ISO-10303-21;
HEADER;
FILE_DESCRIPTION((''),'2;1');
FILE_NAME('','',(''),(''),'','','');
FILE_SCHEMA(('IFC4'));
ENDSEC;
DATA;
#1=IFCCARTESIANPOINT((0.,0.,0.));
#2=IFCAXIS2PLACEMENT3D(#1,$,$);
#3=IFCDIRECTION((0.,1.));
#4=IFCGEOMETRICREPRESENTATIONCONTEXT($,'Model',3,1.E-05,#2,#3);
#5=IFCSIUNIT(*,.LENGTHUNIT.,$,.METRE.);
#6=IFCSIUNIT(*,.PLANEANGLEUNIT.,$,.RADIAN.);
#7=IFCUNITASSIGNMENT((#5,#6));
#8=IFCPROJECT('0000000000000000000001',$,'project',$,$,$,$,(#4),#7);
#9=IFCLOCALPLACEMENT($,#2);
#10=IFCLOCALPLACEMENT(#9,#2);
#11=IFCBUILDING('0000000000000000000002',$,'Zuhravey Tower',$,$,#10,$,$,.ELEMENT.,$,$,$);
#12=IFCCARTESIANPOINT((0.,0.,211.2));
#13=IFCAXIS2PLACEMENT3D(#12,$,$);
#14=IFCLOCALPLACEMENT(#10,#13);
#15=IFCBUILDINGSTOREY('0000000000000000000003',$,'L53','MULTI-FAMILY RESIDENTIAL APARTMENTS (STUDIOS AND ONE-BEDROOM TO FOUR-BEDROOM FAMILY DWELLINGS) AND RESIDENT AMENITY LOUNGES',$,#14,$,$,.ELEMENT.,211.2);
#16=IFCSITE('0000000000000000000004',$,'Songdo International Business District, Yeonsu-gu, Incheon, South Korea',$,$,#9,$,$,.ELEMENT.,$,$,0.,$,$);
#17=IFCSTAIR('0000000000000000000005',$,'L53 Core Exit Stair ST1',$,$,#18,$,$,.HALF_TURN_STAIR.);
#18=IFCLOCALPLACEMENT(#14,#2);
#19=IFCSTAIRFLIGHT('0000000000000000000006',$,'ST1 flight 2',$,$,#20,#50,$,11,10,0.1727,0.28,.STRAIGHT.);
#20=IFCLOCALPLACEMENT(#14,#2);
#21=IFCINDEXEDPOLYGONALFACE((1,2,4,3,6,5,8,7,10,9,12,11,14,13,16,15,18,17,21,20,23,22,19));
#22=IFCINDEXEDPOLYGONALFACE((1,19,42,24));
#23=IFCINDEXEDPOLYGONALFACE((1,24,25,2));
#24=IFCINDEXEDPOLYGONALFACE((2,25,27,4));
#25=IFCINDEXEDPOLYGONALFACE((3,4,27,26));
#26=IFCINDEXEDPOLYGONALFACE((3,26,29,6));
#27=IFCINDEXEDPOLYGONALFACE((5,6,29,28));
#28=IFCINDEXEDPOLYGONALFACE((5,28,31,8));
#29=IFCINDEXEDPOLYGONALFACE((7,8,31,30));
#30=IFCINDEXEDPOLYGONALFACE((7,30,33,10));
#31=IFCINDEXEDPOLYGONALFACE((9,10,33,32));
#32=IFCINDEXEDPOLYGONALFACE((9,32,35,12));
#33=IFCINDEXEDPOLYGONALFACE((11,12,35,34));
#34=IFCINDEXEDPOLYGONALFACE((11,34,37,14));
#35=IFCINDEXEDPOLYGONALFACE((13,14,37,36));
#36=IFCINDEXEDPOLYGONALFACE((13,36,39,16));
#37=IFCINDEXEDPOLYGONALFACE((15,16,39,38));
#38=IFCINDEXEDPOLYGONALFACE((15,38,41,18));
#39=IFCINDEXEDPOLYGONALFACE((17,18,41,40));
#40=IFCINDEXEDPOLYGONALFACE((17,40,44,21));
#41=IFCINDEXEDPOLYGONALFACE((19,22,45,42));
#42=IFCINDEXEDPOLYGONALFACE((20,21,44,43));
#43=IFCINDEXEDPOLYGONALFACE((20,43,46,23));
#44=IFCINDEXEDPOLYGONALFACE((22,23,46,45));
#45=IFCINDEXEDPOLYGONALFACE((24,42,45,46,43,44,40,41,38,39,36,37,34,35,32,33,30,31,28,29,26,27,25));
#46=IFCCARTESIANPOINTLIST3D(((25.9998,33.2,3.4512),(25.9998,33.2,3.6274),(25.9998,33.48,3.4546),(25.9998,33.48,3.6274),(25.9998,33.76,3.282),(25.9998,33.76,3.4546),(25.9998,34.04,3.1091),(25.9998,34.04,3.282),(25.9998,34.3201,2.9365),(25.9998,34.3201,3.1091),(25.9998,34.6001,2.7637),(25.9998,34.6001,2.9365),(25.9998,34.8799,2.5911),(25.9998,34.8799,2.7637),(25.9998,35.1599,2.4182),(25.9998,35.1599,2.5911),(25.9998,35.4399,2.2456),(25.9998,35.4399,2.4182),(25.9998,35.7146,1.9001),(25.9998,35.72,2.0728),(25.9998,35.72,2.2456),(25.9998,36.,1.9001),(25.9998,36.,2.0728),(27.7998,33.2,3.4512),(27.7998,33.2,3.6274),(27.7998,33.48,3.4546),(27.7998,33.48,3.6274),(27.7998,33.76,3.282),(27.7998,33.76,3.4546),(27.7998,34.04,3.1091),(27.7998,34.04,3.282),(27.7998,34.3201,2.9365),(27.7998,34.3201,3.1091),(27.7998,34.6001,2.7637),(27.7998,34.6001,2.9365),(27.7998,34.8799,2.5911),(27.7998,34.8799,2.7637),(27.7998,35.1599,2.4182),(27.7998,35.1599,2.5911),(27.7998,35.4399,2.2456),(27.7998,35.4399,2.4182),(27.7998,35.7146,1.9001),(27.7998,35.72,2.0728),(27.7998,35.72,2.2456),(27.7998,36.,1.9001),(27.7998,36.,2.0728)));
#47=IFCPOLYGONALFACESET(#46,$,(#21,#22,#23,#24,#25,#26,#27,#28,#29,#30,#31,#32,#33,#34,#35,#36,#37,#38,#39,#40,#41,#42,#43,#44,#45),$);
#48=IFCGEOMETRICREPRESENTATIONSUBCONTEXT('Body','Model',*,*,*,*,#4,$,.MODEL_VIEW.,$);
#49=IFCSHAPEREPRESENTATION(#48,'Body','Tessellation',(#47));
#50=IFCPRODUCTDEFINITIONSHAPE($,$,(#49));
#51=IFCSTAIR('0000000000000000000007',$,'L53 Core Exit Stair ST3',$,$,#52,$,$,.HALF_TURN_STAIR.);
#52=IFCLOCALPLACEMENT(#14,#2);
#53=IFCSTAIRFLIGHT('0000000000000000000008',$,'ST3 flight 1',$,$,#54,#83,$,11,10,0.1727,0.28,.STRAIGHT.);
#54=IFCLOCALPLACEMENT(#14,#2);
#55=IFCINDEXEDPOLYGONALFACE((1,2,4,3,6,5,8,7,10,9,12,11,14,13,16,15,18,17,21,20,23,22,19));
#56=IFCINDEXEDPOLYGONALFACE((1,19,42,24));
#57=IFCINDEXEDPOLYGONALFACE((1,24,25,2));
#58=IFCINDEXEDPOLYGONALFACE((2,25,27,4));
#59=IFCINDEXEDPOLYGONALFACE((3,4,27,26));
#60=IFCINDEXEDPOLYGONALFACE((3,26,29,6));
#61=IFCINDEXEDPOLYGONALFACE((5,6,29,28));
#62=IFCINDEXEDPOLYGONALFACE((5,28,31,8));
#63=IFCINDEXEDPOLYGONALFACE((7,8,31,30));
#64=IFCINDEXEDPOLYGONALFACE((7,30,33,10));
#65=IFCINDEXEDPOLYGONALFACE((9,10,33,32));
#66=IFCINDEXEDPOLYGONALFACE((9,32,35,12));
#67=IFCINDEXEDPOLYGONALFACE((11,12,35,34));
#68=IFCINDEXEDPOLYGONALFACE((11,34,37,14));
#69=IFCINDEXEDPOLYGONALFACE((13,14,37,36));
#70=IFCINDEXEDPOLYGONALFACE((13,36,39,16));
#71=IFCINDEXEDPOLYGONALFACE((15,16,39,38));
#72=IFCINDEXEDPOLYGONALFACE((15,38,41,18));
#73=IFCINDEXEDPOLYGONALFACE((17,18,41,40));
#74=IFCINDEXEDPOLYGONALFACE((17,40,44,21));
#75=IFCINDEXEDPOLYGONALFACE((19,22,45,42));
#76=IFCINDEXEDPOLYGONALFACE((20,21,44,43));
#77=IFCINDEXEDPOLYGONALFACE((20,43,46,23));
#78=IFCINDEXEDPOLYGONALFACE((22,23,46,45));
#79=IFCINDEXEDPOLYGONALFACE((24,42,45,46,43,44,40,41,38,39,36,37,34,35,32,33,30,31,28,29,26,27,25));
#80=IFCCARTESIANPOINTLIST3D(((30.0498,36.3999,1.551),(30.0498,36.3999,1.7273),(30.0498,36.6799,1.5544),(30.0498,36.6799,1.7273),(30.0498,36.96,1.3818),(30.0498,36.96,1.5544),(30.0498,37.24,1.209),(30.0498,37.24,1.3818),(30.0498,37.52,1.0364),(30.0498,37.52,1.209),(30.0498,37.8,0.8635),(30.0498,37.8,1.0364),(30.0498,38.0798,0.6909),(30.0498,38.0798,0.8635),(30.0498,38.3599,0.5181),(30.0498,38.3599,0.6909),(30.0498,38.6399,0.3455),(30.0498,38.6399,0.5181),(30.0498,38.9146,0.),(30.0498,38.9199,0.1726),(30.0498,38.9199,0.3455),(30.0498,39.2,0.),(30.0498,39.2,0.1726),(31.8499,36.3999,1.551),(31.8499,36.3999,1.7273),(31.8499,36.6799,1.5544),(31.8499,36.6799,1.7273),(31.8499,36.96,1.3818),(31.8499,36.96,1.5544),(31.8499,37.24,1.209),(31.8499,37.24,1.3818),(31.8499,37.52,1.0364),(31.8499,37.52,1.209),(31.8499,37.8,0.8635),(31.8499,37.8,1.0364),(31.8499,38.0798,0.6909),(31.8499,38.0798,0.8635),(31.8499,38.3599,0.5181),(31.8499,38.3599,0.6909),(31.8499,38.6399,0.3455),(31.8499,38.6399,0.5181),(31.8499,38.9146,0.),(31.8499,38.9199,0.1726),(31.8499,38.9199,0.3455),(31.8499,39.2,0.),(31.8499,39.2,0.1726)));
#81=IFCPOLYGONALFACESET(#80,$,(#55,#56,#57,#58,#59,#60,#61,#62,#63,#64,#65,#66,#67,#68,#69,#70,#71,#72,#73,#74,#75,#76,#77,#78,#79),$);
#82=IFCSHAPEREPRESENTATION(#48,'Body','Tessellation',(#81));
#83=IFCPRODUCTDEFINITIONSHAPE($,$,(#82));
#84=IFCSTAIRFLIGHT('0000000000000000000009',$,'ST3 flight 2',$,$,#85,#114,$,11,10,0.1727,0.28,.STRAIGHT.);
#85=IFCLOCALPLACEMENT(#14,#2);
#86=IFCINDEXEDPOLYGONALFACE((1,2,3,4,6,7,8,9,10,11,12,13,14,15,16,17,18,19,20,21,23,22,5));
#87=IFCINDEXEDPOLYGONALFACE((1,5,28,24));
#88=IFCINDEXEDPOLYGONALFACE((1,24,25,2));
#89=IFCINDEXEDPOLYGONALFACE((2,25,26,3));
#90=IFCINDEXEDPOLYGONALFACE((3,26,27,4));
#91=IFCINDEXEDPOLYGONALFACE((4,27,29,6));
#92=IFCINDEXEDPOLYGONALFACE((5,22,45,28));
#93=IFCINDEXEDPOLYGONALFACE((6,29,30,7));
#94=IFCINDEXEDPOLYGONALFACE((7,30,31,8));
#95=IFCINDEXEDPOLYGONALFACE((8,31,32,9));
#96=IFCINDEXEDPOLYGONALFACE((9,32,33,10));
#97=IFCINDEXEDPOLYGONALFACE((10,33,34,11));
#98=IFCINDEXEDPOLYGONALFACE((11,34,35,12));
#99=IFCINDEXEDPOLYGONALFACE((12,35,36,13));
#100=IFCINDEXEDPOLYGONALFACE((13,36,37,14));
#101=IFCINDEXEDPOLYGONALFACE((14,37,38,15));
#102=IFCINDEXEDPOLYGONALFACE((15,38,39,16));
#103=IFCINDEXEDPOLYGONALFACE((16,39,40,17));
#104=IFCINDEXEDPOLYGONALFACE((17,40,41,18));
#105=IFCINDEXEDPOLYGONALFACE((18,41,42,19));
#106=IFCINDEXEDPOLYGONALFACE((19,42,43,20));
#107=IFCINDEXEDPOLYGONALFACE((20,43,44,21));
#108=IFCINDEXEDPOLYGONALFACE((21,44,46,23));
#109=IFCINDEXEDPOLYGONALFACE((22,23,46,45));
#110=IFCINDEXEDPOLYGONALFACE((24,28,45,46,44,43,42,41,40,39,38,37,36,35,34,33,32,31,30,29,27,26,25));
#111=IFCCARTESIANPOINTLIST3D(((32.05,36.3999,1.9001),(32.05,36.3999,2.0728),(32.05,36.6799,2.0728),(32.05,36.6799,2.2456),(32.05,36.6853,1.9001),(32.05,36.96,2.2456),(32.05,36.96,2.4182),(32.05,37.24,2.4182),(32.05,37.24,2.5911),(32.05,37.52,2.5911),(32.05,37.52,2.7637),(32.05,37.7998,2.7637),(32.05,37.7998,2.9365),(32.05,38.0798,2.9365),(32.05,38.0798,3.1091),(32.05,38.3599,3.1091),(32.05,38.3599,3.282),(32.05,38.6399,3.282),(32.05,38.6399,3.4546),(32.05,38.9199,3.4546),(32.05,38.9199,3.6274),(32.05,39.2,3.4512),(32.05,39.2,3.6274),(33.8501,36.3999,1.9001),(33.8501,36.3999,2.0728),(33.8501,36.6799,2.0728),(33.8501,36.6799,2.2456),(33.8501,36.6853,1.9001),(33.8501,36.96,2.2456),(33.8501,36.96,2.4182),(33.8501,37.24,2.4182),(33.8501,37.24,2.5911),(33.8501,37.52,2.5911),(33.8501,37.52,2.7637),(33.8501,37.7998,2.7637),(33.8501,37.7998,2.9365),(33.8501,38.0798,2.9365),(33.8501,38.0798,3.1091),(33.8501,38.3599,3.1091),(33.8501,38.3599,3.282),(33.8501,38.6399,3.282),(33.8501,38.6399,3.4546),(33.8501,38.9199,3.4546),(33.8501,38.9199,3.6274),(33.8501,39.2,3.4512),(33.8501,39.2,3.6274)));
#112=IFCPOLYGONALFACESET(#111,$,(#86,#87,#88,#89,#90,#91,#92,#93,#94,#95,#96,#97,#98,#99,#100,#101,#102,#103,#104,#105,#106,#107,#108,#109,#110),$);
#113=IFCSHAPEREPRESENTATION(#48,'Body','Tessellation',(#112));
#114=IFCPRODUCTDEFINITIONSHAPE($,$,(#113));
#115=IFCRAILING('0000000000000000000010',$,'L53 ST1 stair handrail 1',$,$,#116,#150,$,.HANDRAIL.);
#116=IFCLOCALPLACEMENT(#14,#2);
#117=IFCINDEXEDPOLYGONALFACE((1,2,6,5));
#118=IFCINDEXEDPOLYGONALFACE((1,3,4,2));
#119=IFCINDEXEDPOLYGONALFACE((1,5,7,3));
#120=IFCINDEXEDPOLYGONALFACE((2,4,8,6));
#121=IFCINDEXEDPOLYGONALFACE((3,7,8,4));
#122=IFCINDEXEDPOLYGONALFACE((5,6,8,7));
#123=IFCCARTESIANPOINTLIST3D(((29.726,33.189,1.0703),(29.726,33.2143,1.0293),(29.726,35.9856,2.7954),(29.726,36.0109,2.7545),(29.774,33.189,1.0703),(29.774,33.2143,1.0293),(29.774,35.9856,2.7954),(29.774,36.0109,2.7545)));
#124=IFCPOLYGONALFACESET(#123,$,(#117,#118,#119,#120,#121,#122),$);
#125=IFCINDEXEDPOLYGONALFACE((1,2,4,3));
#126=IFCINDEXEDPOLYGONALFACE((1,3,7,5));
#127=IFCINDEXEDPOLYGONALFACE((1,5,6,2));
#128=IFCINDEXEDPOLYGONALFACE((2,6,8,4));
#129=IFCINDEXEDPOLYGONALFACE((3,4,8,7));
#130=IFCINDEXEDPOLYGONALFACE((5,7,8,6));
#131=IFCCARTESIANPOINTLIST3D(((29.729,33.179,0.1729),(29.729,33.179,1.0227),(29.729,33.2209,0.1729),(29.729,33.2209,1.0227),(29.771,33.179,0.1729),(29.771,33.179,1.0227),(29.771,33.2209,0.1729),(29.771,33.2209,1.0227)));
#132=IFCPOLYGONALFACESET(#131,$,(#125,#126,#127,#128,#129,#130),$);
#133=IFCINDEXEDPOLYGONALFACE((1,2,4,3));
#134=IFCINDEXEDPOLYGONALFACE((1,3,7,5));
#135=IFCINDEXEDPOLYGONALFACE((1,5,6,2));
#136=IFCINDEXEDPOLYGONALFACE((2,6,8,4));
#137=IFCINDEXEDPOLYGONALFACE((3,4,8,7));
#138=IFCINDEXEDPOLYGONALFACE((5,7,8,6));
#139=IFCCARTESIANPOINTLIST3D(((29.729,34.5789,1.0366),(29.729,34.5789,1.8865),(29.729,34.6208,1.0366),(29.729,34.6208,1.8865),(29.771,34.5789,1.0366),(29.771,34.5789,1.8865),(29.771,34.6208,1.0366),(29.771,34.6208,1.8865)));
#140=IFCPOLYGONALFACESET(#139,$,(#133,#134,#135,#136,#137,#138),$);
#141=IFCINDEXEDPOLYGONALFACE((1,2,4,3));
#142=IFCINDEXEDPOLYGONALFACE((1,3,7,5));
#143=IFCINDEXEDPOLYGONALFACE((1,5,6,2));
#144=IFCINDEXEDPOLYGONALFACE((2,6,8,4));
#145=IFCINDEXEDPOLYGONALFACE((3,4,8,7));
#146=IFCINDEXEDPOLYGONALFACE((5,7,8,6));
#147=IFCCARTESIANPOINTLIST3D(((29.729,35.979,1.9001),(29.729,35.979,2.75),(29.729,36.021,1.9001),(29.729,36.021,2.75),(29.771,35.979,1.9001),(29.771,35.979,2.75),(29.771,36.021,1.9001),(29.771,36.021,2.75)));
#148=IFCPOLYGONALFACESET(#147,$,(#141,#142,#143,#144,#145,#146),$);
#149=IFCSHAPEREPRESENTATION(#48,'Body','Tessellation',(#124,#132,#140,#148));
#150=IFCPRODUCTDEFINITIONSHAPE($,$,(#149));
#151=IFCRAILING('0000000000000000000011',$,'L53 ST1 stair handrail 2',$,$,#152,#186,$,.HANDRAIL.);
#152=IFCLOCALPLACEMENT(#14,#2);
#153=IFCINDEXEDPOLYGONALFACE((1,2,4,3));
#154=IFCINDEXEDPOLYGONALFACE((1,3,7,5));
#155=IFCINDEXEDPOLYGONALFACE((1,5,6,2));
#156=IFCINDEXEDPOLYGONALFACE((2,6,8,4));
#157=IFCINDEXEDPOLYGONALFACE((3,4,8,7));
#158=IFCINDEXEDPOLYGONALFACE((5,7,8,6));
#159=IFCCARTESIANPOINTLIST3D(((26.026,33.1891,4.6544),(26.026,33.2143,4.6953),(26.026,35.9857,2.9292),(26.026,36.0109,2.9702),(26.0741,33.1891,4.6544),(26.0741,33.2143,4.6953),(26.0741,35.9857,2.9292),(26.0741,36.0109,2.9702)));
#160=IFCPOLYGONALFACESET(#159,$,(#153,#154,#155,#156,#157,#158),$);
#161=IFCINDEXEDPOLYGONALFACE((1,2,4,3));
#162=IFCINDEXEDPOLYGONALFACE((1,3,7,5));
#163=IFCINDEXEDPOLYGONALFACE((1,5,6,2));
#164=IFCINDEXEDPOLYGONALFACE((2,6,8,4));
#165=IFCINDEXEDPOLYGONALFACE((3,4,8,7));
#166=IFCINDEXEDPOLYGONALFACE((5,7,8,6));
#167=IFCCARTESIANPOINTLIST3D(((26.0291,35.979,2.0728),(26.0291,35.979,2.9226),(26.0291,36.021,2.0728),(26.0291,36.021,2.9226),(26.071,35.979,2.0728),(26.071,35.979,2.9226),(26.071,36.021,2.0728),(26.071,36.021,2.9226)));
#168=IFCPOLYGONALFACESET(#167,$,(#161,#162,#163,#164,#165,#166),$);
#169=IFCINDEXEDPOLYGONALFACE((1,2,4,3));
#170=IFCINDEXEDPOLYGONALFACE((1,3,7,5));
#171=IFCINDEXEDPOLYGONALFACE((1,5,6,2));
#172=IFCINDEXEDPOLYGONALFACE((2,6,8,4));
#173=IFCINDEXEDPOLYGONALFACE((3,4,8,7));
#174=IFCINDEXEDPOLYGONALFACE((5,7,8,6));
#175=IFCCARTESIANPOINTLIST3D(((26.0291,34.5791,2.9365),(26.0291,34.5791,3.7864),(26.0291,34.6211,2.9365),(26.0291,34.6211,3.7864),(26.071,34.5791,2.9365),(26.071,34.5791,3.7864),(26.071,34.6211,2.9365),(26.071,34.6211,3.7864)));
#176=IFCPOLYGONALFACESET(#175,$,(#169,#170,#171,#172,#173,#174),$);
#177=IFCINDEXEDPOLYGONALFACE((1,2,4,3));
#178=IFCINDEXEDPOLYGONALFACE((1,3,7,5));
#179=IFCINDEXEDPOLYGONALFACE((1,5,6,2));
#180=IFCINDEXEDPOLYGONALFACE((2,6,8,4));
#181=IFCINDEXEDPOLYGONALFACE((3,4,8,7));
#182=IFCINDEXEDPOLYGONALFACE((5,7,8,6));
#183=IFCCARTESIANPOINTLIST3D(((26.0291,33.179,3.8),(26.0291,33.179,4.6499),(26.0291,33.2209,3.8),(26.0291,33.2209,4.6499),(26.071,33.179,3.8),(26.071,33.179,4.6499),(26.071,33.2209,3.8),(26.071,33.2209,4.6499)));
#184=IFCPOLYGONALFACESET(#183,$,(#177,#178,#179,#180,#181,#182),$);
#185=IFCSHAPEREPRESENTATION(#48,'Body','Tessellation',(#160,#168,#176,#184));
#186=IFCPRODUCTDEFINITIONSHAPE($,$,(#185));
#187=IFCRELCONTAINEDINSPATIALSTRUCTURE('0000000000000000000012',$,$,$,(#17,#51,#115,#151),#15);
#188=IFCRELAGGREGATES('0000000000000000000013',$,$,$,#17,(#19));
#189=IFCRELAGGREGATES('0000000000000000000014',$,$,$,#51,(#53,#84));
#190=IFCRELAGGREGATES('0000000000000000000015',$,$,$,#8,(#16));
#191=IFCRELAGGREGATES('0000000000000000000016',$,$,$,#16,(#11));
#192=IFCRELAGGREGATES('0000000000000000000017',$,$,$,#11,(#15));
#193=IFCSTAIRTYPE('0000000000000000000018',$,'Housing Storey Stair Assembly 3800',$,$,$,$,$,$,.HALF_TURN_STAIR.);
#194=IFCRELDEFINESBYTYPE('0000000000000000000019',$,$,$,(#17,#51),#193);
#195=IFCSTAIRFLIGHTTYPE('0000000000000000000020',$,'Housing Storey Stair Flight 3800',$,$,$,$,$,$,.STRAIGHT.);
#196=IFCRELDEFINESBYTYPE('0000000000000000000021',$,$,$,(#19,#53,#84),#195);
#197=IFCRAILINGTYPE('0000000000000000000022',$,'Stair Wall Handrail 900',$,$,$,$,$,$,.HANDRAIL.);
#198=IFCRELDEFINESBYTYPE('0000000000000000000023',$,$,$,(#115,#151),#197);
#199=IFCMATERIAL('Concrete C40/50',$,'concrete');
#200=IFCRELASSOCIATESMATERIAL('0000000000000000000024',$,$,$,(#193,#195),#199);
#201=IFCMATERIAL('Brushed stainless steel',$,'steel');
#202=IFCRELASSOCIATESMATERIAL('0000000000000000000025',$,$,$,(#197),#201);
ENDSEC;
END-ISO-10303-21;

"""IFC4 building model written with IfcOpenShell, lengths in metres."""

from ifc_helpers import new_model, si_unit, direction, frame, origin, origin_2d, place, context, subcontext, project, spatial, polyline, rectangle, outline, extrude, material, type_object, element, aggregate, save


model = new_model("IFC4")

# Units and contexts
model_context = context("Model", 3, precision=1e-05, world=origin(), true_north=direction((0.0, 1.0)))
body_context = subcontext(model_context, "Body", "Model", "MODEL_VIEW")
ifc_project = project(units=[si_unit("LENGTHUNIT", "METRE"), si_unit("PLANEANGLEUNIT", "RADIAN")], contexts=[model_context])

# Site, building, storey
site_placement = place(None, origin())
site = spatial("IfcSite", under=ifc_project, at=site_placement, Name="Songdo International Business District, Yeonsu-gu, Incheon, South Korea", CompositionType="ELEMENT", RefElevation=0.0)
building_placement = place(site_placement, origin())
building = spatial("IfcBuilding", under=site, at=building_placement, Name="Zuhravey Tower", CompositionType="ELEMENT")
storey_placement = place(building_placement, frame((0.0, 0.0, 211.2)))
storey = spatial("IfcBuildingStorey", under=building, at=storey_placement, Name="L53", Description="MULTI-FAMILY RESIDENTIAL APARTMENTS (STUDIOS AND ONE-BEDROOM TO FOUR-BEDROOM FAMILY DWELLINGS) AND RESIDENT AMENITY LOUNGES", CompositionType="ELEMENT", Elevation=211.2)

# Stairs, stair flights
ifc_material_1 = material(Name="Concrete C40/50", Category="concrete")
stair_type = type_object("IfcStairType", Name="Housing Storey Stair Assembly 3800", PredefinedType="HALF_TURN_STAIR", material=ifc_material_1)
stair_1_placement = place(storey_placement, origin())
stair_1 = element("IfcStair", 1, at=stair_1_placement, inside=storey, type_object=stair_type, Name="L53 Core Exit Stair ST1", PredefinedType="HALF_TURN_STAIR")
stair_flight_type = type_object("IfcStairFlightType", Name="Housing Storey Stair Flight 3800", PredefinedType="STRAIGHT", material=ifc_material_1)
stair_flight_1_placement = place(storey_placement, frame((26.8999, 36.0, 1.9001), z_axis=(0.0, 0.0, 1.0), x_axis=(0.0, -1.0, 0.0)))
stair_flight_1 = element("IfcStairFlight", 2, at=stair_flight_1_placement, type_object=stair_flight_type, Name="ST1 flight 2", NumberOfRisers=11, NumberOfTreads=10, PredefinedType="STRAIGHT", RiserHeight=0.1727, TreadLength=0.28, context=body_context, shape_type="SweptSolid", body=[
    extrude(outline(polyline([(0.0, 0.0), (0.0, 0.1726), (0.28, 0.1726), (0.28, 0.3455), (0.5601, 0.3455), (0.5601, 0.5181), (0.8401, 0.5181), (0.8401, 0.6909), (1.1201, 0.6909), (1.1201, 0.8635), (1.3999, 0.8635), (1.3999, 1.0364), (1.6799, 1.0364), (1.6799, 1.209), (1.96, 1.209), (1.96, 1.3818), (2.24, 1.3818), (2.24, 1.5544), (2.52, 1.5544), (2.52, 1.7273), (2.8, 1.7273), (2.8, 1.8999), (2.8, 1.551), (0.2854, 0.0), (0.0, 0.0)])), frame((0.0, 0.8999, 0.0), z_axis=(0.0, -1.0, 0.0), x_axis=(1.0, 0.0, 0.0)), (0.0, 0.0, 1.0), 1.8),
])
aggregate(stair_1, [stair_flight_1])
stair_2_placement = place(storey_placement, origin())
stair_2 = element("IfcStair", 3, at=stair_2_placement, inside=storey, type_object=stair_type, Name="L53 Core Exit Stair ST3", PredefinedType="HALF_TURN_STAIR")
stair_flight_2_placement = place(storey_placement, frame((30.95, 39.2, 0.0), z_axis=(0.0, 0.0, 1.0), x_axis=(0.0, -1.0, 0.0)))
stair_flight_2 = element("IfcStairFlight", 4, at=stair_flight_2_placement, type_object=stair_flight_type, Name="ST3 flight 1", NumberOfRisers=11, NumberOfTreads=10, PredefinedType="STRAIGHT", RiserHeight=0.1727, TreadLength=0.28, context=body_context, shape_type="SweptSolid", body=[
    extrude(outline(polyline([(0.0, 0.0), (0.0, 0.1726), (0.28, 0.1726), (0.28, 0.3455), (0.5601, 0.3455), (0.5601, 0.5181), (0.8401, 0.5181), (0.8401, 0.6909), (1.1201, 0.6909), (1.1201, 0.8635), (1.3999, 0.8635), (1.3999, 1.0364), (1.6799, 1.0364), (1.6799, 1.209), (1.96, 1.209), (1.96, 1.3818), (2.24, 1.3818), (2.24, 1.5544), (2.52, 1.5544), (2.52, 1.7273), (2.8, 1.7273), (2.8, 1.8999), (2.8, 1.551), (0.2854, 0.0), (0.0, 0.0)])), frame((0.0, 0.8999, 0.0), z_axis=(0.0, -1.0, 0.0), x_axis=(1.0, 0.0, 0.0)), (0.0, 0.0, 1.0), 1.8),
])
stair_flight_3_placement = place(storey_placement, frame((32.95, 36.3999, 1.9001), z_axis=(0.0, 0.0, 1.0), x_axis=(0.0, 1.0, 0.0)))
stair_flight_3 = element("IfcStairFlight", 5, at=stair_flight_3_placement, type_object=stair_flight_type, Name="ST3 flight 2", NumberOfRisers=11, NumberOfTreads=10, PredefinedType="STRAIGHT", RiserHeight=0.1727, TreadLength=0.28, context=body_context, shape_type="SweptSolid", body=[
    extrude(outline(polyline([(0.0, 0.0), (0.0, 0.1726), (0.28, 0.1726), (0.28, 0.3455), (0.5601, 0.3455), (0.5601, 0.5181), (0.8401, 0.5181), (0.8401, 0.6909), (1.1201, 0.6909), (1.1201, 0.8635), (1.3999, 0.8635), (1.3999, 1.0364), (1.6799, 1.0364), (1.6799, 1.209), (1.96, 1.209), (1.96, 1.3818), (2.24, 1.3818), (2.24, 1.5544), (2.52, 1.5544), (2.52, 1.7273), (2.8, 1.7273), (2.8, 1.8999), (2.8, 1.551), (0.2854, 0.0), (0.0, 0.0)])), frame((0.0, 0.8999, 0.0), z_axis=(0.0, -1.0, 0.0), x_axis=(1.0, 0.0, 0.0)), (0.0, 0.0, 1.0), 1.8),
])
aggregate(stair_2, [stair_flight_2, stair_flight_3])

# Railings
ifc_material_2 = material(Name="Brushed stainless steel", Category="steel")
railing_type_1 = type_object("IfcRailingType", Name="Stair Wall Handrail 900", PredefinedType="HANDRAIL", material=ifc_material_2)
railing_1_placement = place(storey_placement, frame((29.75, 33.2, 0.1729)))
element("IfcRailing", 6, at=railing_1_placement, inside=storey, type_object=railing_type_1, Name="L53 ST1 stair handrail 1", PredefinedType="HANDRAIL", context=body_context, shape_type="SweptSolid", body=[
    extrude(rectangle(XDim=0.0481, YDim=0.0481, at=origin_2d()), frame((0.0, 0.0017, 0.877), z_axis=(0.0, 0.85109, 0.52502), x_axis=(-1.0, 0.0, 0.0)), (0.0, 0.0, 1.0), 3.2859),
    extrude(rectangle(XDim=0.042, YDim=0.042, at=origin_2d()), origin(), (0.0, 0.0, 1.0), 0.8499),
    extrude(rectangle(XDim=0.042, YDim=0.042, at=origin_2d()), frame((0.0, 1.3999, 0.8638)), (0.0, 0.0, 1.0), 0.8499),
    extrude(rectangle(XDim=0.042, YDim=0.042, at=origin_2d()), frame((0.0, 2.8, 1.7273)), (0.0, 0.0, 1.0), 0.8499),
])
for number, where, name in (
    (7, (26.05, 36.0, 2.0728), "L53 ST1 stair handrail 2"),
):
    element("IfcRailing", number, at=place(storey_placement, frame(where)), inside=storey, type_object=railing_type_1, Name=name, PredefinedType="HANDRAIL", context=body_context, shape_type="SweptSolid", body=[
        extrude(rectangle(XDim=0.0481, YDim=0.0481, at=origin_2d()), frame((0.0, -0.0017, 0.877), z_axis=(0.0, -0.85109, 0.52502), x_axis=(1.0, 0.0, 0.0)), (0.0, 0.0, 1.0), 3.2859),
        extrude(rectangle(XDim=0.042, YDim=0.042, at=origin_2d()), origin(), (0.0, 0.0, 1.0), 0.8499),
        extrude(rectangle(XDim=0.042, YDim=0.042, at=origin_2d()), frame((0.0, -1.3999, 0.8638)), (0.0, 0.0, 1.0), 0.8499),
        extrude(rectangle(XDim=0.042, YDim=0.042, at=origin_2d()), frame((0.0, -2.8, 1.7273)), (0.0, 0.0, 1.0), 0.8499),
    ])

save(model, "model.ifc")
